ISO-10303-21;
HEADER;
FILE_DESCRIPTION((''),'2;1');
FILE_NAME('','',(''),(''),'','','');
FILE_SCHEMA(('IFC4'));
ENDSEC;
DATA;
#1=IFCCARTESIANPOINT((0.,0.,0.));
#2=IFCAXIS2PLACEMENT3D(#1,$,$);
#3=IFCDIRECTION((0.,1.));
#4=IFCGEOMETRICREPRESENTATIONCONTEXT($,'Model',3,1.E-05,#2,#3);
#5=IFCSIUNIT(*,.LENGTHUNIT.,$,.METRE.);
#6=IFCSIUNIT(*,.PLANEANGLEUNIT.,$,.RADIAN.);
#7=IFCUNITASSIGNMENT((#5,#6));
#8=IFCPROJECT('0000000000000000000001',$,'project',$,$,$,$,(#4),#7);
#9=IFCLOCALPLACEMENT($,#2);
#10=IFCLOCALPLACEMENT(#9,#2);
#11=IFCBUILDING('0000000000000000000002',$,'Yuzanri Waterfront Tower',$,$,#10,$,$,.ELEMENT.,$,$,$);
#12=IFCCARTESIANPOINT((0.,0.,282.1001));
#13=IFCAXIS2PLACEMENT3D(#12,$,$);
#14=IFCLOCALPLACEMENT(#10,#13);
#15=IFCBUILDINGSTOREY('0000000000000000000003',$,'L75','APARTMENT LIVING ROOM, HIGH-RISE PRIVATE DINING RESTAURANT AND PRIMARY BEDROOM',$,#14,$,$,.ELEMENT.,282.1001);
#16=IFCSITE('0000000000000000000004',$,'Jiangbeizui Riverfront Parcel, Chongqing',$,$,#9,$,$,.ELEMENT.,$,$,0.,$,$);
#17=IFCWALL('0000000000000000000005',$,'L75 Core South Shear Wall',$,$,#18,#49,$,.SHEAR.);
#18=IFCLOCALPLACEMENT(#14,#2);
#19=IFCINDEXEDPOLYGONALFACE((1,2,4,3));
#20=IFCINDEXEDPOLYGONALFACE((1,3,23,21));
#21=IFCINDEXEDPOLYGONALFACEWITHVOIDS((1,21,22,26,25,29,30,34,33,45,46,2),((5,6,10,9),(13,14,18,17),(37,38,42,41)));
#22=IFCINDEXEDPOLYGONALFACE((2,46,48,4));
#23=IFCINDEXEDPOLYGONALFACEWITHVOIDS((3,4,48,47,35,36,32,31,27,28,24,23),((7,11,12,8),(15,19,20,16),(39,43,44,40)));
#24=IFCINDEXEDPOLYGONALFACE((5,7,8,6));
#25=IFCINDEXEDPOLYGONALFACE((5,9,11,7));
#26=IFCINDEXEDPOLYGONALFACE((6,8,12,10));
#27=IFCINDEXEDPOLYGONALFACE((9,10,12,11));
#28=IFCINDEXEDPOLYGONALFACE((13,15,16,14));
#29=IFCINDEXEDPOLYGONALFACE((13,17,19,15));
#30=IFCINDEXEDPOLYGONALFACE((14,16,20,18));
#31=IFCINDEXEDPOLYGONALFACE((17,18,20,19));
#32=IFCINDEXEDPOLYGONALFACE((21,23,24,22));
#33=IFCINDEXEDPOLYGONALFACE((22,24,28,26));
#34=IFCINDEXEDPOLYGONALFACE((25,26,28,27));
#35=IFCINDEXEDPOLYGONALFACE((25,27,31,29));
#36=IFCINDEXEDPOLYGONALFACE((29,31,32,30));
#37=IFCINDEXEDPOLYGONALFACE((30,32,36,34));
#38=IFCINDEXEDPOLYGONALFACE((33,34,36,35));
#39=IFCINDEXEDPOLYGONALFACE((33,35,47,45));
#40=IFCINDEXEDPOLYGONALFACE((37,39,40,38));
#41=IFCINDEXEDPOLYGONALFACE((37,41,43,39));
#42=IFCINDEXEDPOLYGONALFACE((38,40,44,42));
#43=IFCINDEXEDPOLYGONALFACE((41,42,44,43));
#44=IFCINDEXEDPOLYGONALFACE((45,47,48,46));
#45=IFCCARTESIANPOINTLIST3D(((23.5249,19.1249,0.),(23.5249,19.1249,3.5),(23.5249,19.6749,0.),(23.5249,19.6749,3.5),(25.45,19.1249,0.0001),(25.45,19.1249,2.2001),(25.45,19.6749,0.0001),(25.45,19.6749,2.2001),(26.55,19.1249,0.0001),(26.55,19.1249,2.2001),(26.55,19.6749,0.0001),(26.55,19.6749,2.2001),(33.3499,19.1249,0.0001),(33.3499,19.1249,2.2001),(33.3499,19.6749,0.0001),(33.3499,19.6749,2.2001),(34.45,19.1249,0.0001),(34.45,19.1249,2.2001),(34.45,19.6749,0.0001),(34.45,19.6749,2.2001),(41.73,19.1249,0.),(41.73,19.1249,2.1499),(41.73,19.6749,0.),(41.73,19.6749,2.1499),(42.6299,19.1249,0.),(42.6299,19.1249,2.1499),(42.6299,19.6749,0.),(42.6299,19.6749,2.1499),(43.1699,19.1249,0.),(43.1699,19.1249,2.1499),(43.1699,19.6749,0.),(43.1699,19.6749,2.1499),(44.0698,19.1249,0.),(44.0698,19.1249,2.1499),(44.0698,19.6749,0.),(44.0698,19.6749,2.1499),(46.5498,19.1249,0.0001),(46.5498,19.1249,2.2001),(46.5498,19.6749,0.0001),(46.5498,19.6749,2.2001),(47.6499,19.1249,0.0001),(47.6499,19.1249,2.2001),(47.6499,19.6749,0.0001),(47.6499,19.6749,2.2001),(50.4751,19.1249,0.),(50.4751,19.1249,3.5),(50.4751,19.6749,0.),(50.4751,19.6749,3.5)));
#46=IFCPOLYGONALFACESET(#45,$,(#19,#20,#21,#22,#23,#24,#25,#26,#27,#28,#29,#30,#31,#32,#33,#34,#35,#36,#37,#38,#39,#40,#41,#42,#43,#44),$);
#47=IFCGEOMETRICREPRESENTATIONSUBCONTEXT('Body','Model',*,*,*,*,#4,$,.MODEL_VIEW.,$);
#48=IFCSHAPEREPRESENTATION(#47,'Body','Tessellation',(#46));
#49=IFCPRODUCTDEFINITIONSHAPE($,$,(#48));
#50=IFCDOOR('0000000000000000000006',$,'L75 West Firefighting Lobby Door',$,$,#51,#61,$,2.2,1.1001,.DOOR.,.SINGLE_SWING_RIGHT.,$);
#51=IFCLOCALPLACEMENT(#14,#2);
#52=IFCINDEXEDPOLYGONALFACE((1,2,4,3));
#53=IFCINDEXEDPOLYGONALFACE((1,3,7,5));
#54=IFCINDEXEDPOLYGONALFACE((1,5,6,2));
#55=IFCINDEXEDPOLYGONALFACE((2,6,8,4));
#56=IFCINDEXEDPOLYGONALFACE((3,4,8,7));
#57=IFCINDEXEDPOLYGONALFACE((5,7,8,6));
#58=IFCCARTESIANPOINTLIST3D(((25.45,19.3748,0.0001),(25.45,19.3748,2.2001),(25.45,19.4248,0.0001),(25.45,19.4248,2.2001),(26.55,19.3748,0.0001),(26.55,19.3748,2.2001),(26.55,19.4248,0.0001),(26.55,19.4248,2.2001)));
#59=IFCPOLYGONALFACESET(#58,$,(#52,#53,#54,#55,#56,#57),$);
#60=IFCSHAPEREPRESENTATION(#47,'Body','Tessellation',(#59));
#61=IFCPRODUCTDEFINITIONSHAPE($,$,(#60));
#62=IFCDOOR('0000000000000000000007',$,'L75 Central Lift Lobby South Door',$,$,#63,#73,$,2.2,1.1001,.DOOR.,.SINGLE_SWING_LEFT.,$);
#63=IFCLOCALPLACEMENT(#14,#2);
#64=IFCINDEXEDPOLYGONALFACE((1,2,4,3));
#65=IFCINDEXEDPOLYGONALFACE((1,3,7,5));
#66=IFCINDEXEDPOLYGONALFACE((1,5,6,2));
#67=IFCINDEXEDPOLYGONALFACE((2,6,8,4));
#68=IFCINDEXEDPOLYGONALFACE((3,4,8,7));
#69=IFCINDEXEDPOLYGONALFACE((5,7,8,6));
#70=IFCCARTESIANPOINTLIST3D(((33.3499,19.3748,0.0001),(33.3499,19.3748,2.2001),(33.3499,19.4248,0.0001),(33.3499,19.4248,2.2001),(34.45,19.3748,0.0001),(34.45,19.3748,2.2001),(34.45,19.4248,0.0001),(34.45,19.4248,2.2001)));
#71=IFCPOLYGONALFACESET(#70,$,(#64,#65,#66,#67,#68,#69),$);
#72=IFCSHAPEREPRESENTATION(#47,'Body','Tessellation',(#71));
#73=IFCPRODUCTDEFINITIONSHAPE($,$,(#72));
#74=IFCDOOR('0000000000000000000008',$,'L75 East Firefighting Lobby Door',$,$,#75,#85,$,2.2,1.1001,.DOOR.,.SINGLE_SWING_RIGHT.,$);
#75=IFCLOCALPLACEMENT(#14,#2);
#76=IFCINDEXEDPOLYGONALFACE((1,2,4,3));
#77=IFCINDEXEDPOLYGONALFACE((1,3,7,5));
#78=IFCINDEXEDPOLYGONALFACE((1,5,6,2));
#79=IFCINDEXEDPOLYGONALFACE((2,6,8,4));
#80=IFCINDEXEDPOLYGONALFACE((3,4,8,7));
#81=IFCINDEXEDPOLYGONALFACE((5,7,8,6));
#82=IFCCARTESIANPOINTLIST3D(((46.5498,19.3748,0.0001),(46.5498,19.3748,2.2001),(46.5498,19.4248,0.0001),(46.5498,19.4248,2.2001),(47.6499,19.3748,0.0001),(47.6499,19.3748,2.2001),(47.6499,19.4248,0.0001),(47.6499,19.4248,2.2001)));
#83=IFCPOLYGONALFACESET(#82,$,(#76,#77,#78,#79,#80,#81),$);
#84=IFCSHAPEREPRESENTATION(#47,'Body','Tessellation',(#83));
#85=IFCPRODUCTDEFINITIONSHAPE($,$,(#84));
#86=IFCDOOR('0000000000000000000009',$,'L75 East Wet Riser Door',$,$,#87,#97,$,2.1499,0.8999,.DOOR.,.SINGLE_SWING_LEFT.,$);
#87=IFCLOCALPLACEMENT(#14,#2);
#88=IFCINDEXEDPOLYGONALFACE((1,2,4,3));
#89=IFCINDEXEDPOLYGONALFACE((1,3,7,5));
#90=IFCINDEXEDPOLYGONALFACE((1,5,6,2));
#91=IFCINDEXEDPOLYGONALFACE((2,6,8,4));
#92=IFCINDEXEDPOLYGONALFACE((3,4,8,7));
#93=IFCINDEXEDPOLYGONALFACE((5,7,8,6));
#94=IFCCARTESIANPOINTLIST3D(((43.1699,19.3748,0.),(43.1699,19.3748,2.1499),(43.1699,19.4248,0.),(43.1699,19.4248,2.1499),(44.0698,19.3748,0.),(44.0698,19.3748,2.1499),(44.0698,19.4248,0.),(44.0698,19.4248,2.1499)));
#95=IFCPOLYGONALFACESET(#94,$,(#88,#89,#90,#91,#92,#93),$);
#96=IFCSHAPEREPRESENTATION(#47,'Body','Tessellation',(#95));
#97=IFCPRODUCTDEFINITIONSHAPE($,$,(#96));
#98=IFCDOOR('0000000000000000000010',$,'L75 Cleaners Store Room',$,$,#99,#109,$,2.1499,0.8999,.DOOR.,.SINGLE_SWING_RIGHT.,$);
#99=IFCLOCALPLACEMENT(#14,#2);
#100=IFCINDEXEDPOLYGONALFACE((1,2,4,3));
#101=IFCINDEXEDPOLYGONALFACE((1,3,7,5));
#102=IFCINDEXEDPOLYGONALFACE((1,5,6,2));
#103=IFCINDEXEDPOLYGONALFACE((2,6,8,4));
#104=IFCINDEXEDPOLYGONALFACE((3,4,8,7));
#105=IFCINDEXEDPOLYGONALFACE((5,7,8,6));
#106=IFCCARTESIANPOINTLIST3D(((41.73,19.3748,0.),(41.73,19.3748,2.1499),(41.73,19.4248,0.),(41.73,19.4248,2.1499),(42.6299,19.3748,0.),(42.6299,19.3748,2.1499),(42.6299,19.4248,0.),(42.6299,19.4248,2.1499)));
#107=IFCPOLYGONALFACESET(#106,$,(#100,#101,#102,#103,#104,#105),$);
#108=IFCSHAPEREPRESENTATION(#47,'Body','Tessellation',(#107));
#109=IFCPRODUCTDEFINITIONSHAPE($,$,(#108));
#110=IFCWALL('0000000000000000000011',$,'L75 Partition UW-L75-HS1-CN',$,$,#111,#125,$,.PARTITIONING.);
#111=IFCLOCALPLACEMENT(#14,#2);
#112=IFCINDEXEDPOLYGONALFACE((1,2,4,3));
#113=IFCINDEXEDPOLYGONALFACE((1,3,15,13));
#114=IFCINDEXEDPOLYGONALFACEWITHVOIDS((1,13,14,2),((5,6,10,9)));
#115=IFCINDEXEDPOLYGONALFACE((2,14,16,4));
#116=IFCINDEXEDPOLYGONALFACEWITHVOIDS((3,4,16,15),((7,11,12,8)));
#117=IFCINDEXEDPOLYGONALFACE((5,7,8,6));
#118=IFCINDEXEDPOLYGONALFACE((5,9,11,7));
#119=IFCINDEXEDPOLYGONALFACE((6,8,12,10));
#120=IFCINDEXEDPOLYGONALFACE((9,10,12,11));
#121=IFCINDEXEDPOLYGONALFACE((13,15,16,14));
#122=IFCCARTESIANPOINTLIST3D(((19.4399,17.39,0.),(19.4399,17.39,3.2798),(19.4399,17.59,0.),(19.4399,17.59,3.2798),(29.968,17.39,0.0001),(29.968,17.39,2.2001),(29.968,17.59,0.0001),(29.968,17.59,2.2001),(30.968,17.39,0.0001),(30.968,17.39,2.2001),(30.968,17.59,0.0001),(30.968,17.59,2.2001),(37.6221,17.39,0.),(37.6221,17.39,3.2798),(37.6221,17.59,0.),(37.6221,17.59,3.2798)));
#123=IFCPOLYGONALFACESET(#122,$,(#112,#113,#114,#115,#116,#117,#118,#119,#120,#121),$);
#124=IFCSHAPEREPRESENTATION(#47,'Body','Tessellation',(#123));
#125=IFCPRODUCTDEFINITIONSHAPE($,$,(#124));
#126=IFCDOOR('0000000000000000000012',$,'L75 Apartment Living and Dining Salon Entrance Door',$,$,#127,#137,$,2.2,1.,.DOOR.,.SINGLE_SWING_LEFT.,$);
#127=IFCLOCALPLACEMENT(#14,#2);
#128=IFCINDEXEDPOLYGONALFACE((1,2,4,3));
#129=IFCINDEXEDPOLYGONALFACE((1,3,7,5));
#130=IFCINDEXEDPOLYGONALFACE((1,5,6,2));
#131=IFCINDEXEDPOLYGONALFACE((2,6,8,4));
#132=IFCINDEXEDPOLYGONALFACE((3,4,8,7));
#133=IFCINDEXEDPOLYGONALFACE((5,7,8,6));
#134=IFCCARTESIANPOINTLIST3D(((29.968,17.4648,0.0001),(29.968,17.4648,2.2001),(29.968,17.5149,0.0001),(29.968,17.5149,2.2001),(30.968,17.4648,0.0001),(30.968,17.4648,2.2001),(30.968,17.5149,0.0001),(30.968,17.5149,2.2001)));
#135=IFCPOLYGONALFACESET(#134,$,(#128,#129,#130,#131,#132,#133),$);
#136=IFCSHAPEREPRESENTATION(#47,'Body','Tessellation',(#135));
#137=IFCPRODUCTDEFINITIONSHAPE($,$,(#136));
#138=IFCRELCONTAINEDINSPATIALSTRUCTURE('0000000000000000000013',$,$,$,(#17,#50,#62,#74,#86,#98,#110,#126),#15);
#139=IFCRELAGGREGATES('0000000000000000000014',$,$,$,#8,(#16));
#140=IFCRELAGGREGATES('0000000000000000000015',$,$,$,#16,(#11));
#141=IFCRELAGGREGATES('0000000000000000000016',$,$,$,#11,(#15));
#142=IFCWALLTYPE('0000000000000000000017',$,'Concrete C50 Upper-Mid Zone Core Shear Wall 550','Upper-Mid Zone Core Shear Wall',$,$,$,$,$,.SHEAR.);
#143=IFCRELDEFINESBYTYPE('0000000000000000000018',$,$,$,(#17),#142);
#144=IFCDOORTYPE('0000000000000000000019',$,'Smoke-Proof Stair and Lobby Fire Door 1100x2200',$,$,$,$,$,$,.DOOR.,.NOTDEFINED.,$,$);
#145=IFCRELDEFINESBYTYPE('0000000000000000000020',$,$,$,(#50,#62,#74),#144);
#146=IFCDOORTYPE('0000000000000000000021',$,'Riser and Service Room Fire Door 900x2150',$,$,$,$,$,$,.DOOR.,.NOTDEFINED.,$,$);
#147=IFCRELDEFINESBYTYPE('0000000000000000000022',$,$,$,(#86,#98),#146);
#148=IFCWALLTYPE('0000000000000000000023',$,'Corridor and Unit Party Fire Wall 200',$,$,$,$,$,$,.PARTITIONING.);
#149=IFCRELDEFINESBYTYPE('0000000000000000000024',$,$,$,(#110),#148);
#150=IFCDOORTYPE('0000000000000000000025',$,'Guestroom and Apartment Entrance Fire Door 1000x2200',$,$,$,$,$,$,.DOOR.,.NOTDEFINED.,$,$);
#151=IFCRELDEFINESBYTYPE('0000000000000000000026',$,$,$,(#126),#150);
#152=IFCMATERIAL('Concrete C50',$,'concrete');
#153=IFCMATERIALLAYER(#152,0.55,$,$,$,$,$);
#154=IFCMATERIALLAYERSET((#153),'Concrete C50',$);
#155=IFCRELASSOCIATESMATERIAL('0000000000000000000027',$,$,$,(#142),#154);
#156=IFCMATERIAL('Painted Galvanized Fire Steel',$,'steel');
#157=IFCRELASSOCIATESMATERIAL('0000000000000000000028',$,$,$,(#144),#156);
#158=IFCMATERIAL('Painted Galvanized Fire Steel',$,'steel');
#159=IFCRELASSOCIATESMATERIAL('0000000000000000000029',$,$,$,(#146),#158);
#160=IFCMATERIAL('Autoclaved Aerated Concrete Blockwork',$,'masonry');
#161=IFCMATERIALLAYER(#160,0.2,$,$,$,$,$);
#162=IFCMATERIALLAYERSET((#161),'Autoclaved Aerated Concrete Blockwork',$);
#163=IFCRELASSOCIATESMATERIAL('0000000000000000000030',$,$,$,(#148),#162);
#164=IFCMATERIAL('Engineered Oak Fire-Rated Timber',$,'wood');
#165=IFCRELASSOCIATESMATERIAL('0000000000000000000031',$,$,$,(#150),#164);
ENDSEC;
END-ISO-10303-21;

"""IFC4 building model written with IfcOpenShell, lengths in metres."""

from ifc_helpers import new_model, si_unit, direction, frame, frame_2d, origin, place, context, subcontext, project, spatial, rectangle, extrude, source, transform, mapped, material, layer, layer_set, type_object, element, fill, save


model = new_model("IFC4")

# Units and contexts
model_context = context("Model", 3, precision=1e-05, world=origin(), true_north=direction((0.0, 1.0)))
body_context = subcontext(model_context, "Body", "Model", "MODEL_VIEW")
ifc_project = project(units=[si_unit("LENGTHUNIT", "METRE"), si_unit("PLANEANGLEUNIT", "RADIAN")], contexts=[model_context])

# Site, building, storey
site_placement = place(None, origin())
site = spatial("IfcSite", under=ifc_project, at=site_placement, Name="Jiangbeizui Riverfront Parcel, Chongqing", CompositionType="ELEMENT", RefElevation=0.0)
building_placement = place(site_placement, origin())
building = spatial("IfcBuilding", under=site, at=building_placement, Name="Yuzanri Waterfront Tower", CompositionType="ELEMENT")
storey_placement = place(building_placement, frame((0.0, 0.0, 282.1001)))
storey = spatial("IfcBuildingStorey", under=building, at=storey_placement, Name="L75", Description="APARTMENT LIVING ROOM, HIGH-RISE PRIVATE DINING RESTAURANT AND PRIMARY BEDROOM", CompositionType="ELEMENT", Elevation=282.1001)

# Wall, openings, doors
ifc_material_1 = material(Name="Concrete C50", Category="concrete")
ifc_layer_1 = layer(ifc_material_1, 0.55)
ifc_layer_set_1 = layer_set([ifc_layer_1], Name="Concrete C50")
wall_type_1 = type_object("IfcWallType", Name="Concrete C50 Upper-Mid Zone Core Shear Wall 550", Description="Upper-Mid Zone Core Shear Wall", PredefinedType="SHEAR", material=ifc_layer_set_1)
wall_1_placement = place(storey_placement, frame((23.5249, 19.3999, 0.0), z_axis=(0.0, 0.0, 1.0), x_axis=(1.0, 0.0, 0.0)))
wall_1 = element("IfcWall", 1, at=wall_1_placement, inside=storey, type_object=wall_type_1, Name="L75 Core South Shear Wall", PredefinedType="SHEAR", context=body_context, shape_type="SweptSolid", body=[
    extrude(rectangle(XDim=26.9502, YDim=0.55, at=frame_2d((13.4751, 0.0))), origin(), (0.0, 0.0, 1.0), 3.5),
])
opening_1_placement = place(wall_1_placement, frame((1.925, 0.0, 0.0)))
opening_1 = element("IfcOpeningElement", 2, at=opening_1_placement, cuts=wall_1, PredefinedType="OPENING", context=body_context, shape_type="SweptSolid", body=[
    extrude(rectangle(XDim=1.1001, YDim=2.2, at=frame_2d((0.55, 1.1001))), frame((0.0, 0.29, 0.0), z_axis=(0.0, -1.0, 0.0), x_axis=(1.0, 0.0, 0.0)), (0.0, 0.0, 1.0), 0.5798),
])
opening_2_placement = place(wall_1_placement, frame((9.825, 0.0, 0.0)))
opening_2 = element("IfcOpeningElement", 3, at=opening_2_placement, cuts=wall_1, PredefinedType="OPENING", context=body_context, shape_type="SweptSolid", body=[
    extrude(rectangle(XDim=1.1001, YDim=2.2, at=frame_2d((0.55, 1.1001))), frame((0.0, 0.29, 0.0), z_axis=(0.0, -1.0, 0.0), x_axis=(1.0, 0.0, 0.0)), (0.0, 0.0, 1.0), 0.5798),
])
opening_3_placement = place(wall_1_placement, frame((23.0249, 0.0, 0.0)))
opening_3 = element("IfcOpeningElement", 4, at=opening_3_placement, cuts=wall_1, PredefinedType="OPENING", context=body_context, shape_type="SweptSolid", body=[
    extrude(rectangle(XDim=1.1001, YDim=2.2, at=frame_2d((0.55, 1.1001))), frame((0.0, 0.29, 0.0), z_axis=(0.0, -1.0, 0.0), x_axis=(1.0, 0.0, 0.0)), (0.0, 0.0, 1.0), 0.5798),
])
opening_4_placement = place(wall_1_placement, frame((19.645, 0.0, 0.0)))
opening_4 = element("IfcOpeningElement", 5, at=opening_4_placement, cuts=wall_1, PredefinedType="OPENING", context=body_context, shape_type="SweptSolid", body=[
    extrude(rectangle(XDim=0.8999, YDim=2.1499, at=frame_2d((0.45, 1.075))), frame((0.0, 0.29, 0.0), z_axis=(0.0, -1.0, 0.0), x_axis=(1.0, 0.0, 0.0)), (0.0, 0.0, 1.0), 0.5798),
])
opening_5_placement = place(wall_1_placement, frame((18.2051, 0.0, 0.0)))
opening_5 = element("IfcOpeningElement", 6, at=opening_5_placement, cuts=wall_1, PredefinedType="OPENING", context=body_context, shape_type="SweptSolid", body=[
    extrude(rectangle(XDim=0.8999, YDim=2.1499, at=frame_2d((0.45, 1.075))), frame((0.0, 0.29, 0.0), z_axis=(0.0, -1.0, 0.0), x_axis=(1.0, 0.0, 0.0)), (0.0, 0.0, 1.0), 0.5798),
])
ifc_material_2 = material(Name="Painted Galvanized Fire Steel", Category="steel")
door_type_1 = type_object("IfcDoorType", Name="Smoke-Proof Stair and Lobby Fire Door 1100x2200", OperationType="NOTDEFINED", PredefinedType="DOOR", material=ifc_material_2)
shared_shape_1 = source(origin(), body_context, "Body", "SweptSolid", [
    extrude(rectangle(XDim=1.1001, YDim=2.2, at=frame_2d((0.55, 1.1001))), frame((0.0, 0.0249, 0.0), z_axis=(0.0, -1.0, 0.0), x_axis=(1.0, 0.0, 0.0)), (0.0, 0.0, 1.0), 0.05),
])
door_1_placement = place(opening_1_placement, origin())
door_1 = element("IfcDoor", 7, at=door_1_placement, inside=storey, type_object=door_type_1, Name="L75 West Firefighting Lobby Door", OperationType="SINGLE_SWING_RIGHT", OverallHeight=2.2, OverallWidth=1.1001, PredefinedType="DOOR", context=body_context, shape_type="MappedRepresentation", body=[
    mapped(shared_shape_1, transform((0.0, 0.0, 0.0), scale=1.0)),
])
fill(opening_1, door_1)
door_2_placement = place(opening_2_placement, origin())
door_2 = element("IfcDoor", 8, at=door_2_placement, inside=storey, type_object=door_type_1, Name="L75 Central Lift Lobby South Door", OperationType="SINGLE_SWING_LEFT", OverallHeight=2.2, OverallWidth=1.1001, PredefinedType="DOOR", context=body_context, shape_type="MappedRepresentation", body=[
    mapped(shared_shape_1, transform((0.0, 0.0, 0.0), scale=1.0)),
])
fill(opening_2, door_2)
door_3_placement = place(opening_3_placement, origin())
door_3 = element("IfcDoor", 9, at=door_3_placement, inside=storey, type_object=door_type_1, Name="L75 East Firefighting Lobby Door", OperationType="SINGLE_SWING_RIGHT", OverallHeight=2.2, OverallWidth=1.1001, PredefinedType="DOOR", context=body_context, shape_type="MappedRepresentation", body=[
    mapped(shared_shape_1, transform((0.0, 0.0, 0.0), scale=1.0)),
])
fill(opening_3, door_3)
ifc_material_3 = material(Name="Painted Galvanized Fire Steel", Category="steel")
door_type_2 = type_object("IfcDoorType", Name="Riser and Service Room Fire Door 900x2150", OperationType="NOTDEFINED", PredefinedType="DOOR", material=ifc_material_3)
shared_shape_2 = source(origin(), body_context, "Body", "SweptSolid", [
    extrude(rectangle(XDim=0.8999, YDim=2.1499, at=frame_2d((0.45, 1.075))), frame((0.0, 0.0249, 0.0), z_axis=(0.0, -1.0, 0.0), x_axis=(1.0, 0.0, 0.0)), (0.0, 0.0, 1.0), 0.05),
])
door_4_placement = place(opening_4_placement, origin())
door_4 = element("IfcDoor", 10, at=door_4_placement, inside=storey, type_object=door_type_2, Name="L75 East Wet Riser Door", OperationType="SINGLE_SWING_LEFT", OverallHeight=2.1499, OverallWidth=0.8999, PredefinedType="DOOR", context=body_context, shape_type="MappedRepresentation", body=[
    mapped(shared_shape_2, transform((0.0, 0.0, 0.0), scale=1.0)),
])
fill(opening_4, door_4)
door_5_placement = place(opening_5_placement, origin())
door_5 = element("IfcDoor", 11, at=door_5_placement, inside=storey, type_object=door_type_2, Name="L75 Cleaners Store Room", OperationType="SINGLE_SWING_RIGHT", OverallHeight=2.1499, OverallWidth=0.8999, PredefinedType="DOOR", context=body_context, shape_type="MappedRepresentation", body=[
    mapped(shared_shape_2, transform((0.0, 0.0, 0.0), scale=1.0)),
])
fill(opening_5, door_5)

# Wall, opening, door
ifc_material_4 = material(Name="Autoclaved Aerated Concrete Blockwork", Category="masonry")
ifc_layer_2 = layer(ifc_material_4, 0.2)
ifc_layer_set_2 = layer_set([ifc_layer_2], Name="Autoclaved Aerated Concrete Blockwork")
wall_type_2 = type_object("IfcWallType", Name="Corridor and Unit Party Fire Wall 200", PredefinedType="PARTITIONING", material=ifc_layer_set_2)
wall_2_placement = place(storey_placement, frame((19.4399, 17.49, 0.0), z_axis=(0.0, 0.0, 1.0), x_axis=(1.0, 0.0, 0.0)))
wall_2 = element("IfcWall", 12, at=wall_2_placement, inside=storey, type_object=wall_type_2, Name="L75 Partition UW-L75-HS1-CN", PredefinedType="PARTITIONING", context=body_context, shape_type="SweptSolid", body=[
    extrude(rectangle(XDim=18.1821, YDim=0.2, at=frame_2d((9.0911, 0.0))), origin(), (0.0, 0.0, 1.0), 3.2798),
])
opening_6_placement = place(wall_2_placement, frame((10.5281, 0.0, 0.0)))
opening_6 = element("IfcOpeningElement", 13, at=opening_6_placement, cuts=wall_2, PredefinedType="OPENING", context=body_context, shape_type="SweptSolid", body=[
    extrude(rectangle(XDim=1.0, YDim=2.2, at=frame_2d((0.5, 1.1001))), frame((0.0, 0.1147, 0.0), z_axis=(0.0, -1.0, 0.0), x_axis=(1.0, 0.0, 0.0)), (0.0, 0.0, 1.0), 0.2297),
])
ifc_material_5 = material(Name="Engineered Oak Fire-Rated Timber", Category="wood")
door_type_3 = type_object("IfcDoorType", Name="Guestroom and Apartment Entrance Fire Door 1000x2200", OperationType="NOTDEFINED", PredefinedType="DOOR", material=ifc_material_5)
shared_shape_3 = source(origin(), body_context, "Body", "SweptSolid", [
    extrude(rectangle(XDim=1.0, YDim=2.2, at=frame_2d((0.5, 1.1001))), frame((0.0, 0.0249, 0.0), z_axis=(0.0, -1.0, 0.0), x_axis=(1.0, 0.0, 0.0)), (0.0, 0.0, 1.0), 0.05),
])
door_6_placement = place(opening_6_placement, origin())
door_6 = element("IfcDoor", 14, at=door_6_placement, inside=storey, type_object=door_type_3, Name="L75 Apartment Living and Dining Salon Entrance Door", OperationType="SINGLE_SWING_LEFT", OverallHeight=2.2, OverallWidth=1.0, PredefinedType="DOOR", context=body_context, shape_type="MappedRepresentation", body=[
    mapped(shared_shape_3, transform((0.0, 0.0, 0.0), scale=1.0)),
])
fill(opening_6, door_6)

save(model, "model.ifc")
